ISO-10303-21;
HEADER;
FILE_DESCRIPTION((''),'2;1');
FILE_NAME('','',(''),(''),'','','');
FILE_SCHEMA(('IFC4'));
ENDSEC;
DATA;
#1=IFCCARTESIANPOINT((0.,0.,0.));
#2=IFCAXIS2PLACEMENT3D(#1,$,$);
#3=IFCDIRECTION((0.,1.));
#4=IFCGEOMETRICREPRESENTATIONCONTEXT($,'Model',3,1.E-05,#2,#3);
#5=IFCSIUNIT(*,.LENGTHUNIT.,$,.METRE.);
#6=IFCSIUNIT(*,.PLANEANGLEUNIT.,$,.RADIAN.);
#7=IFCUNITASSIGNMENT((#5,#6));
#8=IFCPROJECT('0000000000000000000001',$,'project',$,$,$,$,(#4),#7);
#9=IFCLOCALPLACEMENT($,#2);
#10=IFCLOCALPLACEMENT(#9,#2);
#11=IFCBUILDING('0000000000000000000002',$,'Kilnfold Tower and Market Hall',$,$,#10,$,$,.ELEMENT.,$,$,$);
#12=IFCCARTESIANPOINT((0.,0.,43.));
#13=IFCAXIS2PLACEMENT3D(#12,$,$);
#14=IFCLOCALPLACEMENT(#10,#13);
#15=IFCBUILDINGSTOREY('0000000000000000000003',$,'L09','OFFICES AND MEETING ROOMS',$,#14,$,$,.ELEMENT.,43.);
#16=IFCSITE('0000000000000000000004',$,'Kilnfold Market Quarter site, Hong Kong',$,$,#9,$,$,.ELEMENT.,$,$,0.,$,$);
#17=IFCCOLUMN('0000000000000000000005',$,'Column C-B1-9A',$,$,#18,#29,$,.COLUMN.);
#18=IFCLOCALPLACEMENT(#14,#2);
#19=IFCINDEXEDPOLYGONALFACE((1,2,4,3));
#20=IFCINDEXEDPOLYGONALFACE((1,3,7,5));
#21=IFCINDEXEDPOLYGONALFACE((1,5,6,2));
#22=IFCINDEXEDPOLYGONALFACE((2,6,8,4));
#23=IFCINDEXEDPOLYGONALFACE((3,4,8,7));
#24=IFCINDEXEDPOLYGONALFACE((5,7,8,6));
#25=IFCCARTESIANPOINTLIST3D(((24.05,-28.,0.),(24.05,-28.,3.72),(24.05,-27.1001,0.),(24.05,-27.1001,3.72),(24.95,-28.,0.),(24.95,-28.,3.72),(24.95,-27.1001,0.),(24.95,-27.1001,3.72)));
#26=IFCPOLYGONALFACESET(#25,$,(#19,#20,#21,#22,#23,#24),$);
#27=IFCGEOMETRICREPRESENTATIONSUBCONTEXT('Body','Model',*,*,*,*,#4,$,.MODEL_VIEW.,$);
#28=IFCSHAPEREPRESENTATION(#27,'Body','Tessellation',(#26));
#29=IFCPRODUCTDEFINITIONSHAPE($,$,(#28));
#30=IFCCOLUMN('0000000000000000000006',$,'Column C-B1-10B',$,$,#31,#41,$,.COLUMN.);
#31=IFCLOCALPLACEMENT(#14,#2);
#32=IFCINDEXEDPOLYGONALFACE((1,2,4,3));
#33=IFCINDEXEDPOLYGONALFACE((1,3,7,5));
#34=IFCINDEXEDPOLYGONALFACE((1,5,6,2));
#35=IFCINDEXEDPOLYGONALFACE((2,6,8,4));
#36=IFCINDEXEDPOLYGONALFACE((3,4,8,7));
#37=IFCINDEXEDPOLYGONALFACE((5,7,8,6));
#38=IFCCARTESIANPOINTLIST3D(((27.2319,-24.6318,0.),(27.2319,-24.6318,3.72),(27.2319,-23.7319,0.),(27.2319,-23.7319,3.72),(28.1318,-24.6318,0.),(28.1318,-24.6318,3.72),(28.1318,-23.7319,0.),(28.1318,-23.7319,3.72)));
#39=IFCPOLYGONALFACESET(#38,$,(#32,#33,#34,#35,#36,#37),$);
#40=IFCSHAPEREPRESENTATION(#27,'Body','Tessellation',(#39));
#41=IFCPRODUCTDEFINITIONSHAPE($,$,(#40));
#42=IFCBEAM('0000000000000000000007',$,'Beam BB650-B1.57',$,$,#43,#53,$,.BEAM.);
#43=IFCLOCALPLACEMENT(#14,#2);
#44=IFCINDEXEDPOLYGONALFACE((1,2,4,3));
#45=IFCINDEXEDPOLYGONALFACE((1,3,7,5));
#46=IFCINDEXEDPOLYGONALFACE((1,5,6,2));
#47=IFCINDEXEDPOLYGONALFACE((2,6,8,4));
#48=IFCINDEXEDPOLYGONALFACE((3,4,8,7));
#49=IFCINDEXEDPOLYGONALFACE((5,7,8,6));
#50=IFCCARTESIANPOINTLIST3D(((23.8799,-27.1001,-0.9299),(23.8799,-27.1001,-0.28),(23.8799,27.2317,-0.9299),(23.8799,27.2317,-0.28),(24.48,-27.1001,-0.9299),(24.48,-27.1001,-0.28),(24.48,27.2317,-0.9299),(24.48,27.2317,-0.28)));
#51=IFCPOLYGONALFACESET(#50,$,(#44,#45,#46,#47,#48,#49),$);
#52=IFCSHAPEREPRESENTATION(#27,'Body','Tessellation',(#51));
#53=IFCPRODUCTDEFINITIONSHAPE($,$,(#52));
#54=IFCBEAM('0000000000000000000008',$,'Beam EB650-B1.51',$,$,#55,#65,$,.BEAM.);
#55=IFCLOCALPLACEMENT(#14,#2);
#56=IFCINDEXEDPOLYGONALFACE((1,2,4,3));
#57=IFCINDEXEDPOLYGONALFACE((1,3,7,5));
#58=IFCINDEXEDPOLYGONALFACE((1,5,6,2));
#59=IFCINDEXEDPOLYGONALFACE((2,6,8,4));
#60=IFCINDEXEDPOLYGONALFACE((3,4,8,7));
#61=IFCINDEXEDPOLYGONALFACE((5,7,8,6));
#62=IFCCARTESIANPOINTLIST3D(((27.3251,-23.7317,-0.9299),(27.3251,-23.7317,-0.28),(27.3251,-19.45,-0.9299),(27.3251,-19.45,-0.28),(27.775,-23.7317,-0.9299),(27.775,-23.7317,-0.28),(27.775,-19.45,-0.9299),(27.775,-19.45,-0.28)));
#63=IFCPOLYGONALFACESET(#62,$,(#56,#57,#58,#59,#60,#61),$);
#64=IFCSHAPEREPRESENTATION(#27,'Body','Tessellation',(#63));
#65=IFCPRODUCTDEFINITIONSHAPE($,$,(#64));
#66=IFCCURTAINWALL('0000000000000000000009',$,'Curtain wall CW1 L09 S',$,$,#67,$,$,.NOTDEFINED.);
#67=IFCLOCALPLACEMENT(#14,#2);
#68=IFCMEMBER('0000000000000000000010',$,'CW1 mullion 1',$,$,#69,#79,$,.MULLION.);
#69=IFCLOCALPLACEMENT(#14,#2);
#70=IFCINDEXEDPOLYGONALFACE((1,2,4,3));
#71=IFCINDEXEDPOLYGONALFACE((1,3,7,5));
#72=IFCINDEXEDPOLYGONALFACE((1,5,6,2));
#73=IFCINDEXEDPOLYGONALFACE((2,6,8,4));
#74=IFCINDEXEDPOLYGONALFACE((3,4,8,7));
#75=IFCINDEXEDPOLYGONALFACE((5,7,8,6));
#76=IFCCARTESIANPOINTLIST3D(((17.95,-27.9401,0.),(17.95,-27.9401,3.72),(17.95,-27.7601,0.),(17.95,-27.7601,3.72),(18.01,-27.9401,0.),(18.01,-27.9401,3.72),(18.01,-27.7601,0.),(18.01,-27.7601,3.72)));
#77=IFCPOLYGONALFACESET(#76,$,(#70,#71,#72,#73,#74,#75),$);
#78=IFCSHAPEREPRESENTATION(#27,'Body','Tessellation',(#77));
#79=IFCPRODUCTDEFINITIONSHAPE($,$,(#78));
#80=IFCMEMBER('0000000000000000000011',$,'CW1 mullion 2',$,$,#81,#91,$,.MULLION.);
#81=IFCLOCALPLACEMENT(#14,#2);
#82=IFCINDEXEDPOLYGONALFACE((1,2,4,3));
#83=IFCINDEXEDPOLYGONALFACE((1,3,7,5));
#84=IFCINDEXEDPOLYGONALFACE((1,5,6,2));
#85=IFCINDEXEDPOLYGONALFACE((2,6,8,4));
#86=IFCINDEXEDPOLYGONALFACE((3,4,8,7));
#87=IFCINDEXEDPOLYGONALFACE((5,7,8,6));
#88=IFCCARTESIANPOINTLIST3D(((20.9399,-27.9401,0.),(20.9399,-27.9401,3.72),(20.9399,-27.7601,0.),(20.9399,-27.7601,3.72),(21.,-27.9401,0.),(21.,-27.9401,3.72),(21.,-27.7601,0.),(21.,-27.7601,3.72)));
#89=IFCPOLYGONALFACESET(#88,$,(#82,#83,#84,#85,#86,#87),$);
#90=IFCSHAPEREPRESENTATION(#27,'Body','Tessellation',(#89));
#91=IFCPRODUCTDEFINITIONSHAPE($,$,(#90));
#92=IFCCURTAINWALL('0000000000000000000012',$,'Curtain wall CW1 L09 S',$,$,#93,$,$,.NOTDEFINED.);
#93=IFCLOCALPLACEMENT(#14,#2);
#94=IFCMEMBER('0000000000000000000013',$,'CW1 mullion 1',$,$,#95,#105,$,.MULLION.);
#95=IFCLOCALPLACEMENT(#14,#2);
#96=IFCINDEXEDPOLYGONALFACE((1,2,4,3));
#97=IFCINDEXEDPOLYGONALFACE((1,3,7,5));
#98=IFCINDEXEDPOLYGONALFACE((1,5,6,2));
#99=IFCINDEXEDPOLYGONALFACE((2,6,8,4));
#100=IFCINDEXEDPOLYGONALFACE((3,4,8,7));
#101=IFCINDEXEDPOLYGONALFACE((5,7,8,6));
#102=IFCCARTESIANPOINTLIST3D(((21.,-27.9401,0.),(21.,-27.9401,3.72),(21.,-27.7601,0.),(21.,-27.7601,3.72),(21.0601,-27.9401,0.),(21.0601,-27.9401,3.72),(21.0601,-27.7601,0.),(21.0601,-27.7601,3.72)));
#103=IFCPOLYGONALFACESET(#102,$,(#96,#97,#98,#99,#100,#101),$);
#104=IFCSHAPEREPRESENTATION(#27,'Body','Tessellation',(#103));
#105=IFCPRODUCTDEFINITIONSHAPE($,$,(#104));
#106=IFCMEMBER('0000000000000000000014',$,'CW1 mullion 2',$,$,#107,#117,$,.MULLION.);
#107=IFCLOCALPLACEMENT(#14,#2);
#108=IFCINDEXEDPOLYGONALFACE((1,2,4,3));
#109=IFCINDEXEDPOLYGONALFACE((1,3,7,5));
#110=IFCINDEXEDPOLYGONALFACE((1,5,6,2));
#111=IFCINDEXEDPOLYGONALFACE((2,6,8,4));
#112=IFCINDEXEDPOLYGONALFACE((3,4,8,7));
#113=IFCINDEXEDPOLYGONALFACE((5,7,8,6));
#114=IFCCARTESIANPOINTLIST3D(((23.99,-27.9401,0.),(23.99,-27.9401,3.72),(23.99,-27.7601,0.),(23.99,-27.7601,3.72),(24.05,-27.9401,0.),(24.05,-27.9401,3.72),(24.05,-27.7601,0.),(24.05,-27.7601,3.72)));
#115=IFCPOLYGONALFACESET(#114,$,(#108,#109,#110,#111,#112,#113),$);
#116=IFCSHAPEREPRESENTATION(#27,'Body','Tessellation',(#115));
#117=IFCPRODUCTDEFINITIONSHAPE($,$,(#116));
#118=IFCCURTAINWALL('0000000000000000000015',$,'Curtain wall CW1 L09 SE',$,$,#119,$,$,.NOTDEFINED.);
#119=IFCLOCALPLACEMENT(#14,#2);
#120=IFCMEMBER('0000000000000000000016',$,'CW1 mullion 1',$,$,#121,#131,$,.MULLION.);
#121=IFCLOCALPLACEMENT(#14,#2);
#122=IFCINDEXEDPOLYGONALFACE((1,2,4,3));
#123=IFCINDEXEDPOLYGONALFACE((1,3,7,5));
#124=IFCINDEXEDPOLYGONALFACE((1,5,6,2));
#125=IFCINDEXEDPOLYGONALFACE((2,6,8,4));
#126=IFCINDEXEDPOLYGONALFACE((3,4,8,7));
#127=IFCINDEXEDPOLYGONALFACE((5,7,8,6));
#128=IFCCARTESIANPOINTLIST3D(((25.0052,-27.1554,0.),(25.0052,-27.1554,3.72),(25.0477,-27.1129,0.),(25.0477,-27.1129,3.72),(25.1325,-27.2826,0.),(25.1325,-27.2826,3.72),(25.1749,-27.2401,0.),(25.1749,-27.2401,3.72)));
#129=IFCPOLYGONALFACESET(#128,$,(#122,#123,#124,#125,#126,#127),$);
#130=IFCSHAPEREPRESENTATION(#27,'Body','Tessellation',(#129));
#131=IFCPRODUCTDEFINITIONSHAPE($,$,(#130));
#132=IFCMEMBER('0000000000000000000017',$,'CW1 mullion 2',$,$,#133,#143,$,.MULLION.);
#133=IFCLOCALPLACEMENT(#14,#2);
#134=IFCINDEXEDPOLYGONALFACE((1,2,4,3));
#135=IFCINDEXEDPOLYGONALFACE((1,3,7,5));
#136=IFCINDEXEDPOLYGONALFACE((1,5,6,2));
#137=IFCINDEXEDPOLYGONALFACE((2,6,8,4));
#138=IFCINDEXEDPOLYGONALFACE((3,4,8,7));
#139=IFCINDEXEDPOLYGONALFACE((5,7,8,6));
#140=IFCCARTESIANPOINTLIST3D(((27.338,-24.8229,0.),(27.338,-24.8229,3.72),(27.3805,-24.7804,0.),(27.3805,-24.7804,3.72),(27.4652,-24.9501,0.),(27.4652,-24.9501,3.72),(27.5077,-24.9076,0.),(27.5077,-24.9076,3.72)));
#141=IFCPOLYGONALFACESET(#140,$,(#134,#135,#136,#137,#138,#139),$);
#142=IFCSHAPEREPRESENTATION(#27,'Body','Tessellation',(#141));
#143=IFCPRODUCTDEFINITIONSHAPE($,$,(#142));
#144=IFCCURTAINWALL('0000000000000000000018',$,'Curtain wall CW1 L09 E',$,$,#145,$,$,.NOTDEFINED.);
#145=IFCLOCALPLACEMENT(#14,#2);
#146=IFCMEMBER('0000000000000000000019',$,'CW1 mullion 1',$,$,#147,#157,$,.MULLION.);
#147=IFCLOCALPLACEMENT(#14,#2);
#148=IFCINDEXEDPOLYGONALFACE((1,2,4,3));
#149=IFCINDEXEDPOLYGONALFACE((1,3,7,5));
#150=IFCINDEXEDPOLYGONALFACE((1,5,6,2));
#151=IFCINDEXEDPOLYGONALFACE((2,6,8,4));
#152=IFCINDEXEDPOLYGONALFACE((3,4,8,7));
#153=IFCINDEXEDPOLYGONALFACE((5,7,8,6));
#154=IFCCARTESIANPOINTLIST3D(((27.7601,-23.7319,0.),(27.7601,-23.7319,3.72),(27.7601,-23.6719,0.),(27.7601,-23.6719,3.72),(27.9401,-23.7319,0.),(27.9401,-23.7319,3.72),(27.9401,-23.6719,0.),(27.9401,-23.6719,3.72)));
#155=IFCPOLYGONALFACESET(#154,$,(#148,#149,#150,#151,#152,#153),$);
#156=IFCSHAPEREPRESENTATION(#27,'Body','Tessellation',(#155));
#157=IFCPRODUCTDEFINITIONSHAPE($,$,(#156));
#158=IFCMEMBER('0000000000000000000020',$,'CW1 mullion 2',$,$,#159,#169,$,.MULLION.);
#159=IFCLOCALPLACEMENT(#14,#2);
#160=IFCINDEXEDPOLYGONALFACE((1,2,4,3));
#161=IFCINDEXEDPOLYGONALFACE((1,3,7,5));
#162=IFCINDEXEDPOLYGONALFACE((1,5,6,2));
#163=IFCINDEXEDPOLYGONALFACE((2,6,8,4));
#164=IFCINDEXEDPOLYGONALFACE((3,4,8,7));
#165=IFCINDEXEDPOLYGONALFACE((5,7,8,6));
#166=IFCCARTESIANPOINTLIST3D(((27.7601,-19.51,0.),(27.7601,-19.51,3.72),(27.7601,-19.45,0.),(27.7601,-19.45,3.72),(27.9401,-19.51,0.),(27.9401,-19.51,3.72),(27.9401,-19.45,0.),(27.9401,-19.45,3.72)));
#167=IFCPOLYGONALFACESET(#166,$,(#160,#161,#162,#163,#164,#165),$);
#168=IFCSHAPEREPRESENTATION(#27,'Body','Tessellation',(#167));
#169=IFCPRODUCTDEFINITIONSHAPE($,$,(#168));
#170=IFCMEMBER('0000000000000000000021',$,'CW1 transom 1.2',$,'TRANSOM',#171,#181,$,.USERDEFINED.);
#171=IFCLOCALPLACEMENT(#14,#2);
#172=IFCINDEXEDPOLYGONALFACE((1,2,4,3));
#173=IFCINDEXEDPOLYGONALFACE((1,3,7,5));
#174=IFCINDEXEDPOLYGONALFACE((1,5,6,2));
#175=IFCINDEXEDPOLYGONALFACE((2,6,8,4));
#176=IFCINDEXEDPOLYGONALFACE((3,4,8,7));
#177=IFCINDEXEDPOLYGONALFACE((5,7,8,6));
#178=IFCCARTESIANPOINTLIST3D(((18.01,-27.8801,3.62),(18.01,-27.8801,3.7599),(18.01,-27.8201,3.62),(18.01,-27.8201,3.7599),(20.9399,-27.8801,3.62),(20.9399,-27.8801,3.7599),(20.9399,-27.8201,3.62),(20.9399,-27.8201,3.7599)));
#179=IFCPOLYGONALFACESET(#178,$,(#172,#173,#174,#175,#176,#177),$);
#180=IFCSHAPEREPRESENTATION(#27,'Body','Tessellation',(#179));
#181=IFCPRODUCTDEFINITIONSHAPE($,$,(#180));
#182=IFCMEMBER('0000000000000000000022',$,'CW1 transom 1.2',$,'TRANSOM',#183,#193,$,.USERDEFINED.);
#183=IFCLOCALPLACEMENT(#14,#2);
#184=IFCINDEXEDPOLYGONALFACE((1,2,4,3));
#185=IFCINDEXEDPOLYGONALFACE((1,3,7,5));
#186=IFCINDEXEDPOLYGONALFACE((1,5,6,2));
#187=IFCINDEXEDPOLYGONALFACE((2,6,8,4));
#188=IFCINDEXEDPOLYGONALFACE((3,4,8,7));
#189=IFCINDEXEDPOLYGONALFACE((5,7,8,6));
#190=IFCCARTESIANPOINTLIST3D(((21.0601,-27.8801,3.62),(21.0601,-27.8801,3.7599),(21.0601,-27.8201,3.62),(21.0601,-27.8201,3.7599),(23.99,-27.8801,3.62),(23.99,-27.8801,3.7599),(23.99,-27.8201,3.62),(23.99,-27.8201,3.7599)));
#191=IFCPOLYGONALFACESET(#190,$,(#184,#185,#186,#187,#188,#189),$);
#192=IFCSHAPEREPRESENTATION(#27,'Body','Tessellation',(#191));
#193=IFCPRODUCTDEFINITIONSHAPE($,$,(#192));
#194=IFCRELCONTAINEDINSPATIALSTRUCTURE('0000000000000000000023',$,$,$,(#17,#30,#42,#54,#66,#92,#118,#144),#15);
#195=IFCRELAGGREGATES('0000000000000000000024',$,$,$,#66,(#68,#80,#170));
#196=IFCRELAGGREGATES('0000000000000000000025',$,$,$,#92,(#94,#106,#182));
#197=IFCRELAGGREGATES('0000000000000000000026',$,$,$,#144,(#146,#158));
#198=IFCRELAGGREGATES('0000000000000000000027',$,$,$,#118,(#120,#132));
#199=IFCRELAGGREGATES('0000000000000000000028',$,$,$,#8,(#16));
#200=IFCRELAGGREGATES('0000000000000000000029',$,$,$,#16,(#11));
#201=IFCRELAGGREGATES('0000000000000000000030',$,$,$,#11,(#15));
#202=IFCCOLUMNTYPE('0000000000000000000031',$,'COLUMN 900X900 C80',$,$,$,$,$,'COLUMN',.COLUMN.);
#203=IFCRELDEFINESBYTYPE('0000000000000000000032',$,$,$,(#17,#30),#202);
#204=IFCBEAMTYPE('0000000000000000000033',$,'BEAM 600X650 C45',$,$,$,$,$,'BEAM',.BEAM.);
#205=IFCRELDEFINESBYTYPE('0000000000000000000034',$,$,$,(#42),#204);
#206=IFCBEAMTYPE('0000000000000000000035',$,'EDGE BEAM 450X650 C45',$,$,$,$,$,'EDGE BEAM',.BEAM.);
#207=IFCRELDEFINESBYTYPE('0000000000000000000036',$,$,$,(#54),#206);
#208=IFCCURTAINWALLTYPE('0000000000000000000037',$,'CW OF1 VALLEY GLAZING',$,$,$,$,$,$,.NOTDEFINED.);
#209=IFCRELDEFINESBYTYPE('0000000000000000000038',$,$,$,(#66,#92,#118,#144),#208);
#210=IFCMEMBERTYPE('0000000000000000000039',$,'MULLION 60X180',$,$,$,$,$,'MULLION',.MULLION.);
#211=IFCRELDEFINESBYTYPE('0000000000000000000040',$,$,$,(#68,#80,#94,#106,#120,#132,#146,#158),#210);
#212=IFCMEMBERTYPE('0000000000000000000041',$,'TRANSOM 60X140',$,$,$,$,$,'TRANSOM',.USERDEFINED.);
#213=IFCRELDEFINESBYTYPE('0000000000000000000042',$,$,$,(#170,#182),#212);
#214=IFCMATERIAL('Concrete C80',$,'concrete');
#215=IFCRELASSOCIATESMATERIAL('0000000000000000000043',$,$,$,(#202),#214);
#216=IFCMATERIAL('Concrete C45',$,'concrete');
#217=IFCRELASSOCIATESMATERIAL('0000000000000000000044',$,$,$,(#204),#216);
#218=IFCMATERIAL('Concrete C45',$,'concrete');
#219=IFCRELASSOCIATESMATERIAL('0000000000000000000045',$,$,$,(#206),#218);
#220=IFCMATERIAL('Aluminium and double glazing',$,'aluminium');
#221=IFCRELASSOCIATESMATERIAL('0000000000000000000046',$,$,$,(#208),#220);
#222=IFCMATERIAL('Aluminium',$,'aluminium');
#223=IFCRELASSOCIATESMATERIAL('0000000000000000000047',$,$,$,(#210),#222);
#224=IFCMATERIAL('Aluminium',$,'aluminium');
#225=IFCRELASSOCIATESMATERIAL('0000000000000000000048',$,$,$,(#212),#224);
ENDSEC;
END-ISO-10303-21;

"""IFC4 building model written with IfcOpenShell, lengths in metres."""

from ifc_helpers import new_model, si_unit, direction, frame, origin, origin_2d, place, context, subcontext, project, spatial, rectangle, extrude, source, transform, mapped, material, material_profile, profile_set, type_object, element, aggregate, save


model = new_model("IFC4")

# Units and contexts
model_context = context("Model", 3, precision=1e-05, world=origin(), true_north=direction((0.0, 1.0)))
body_context = subcontext(model_context, "Body", "Model", "MODEL_VIEW")
ifc_project = project(units=[si_unit("LENGTHUNIT", "METRE"), si_unit("PLANEANGLEUNIT", "RADIAN")], contexts=[model_context])

# Site, building, storey
site_placement = place(None, origin())
site = spatial("IfcSite", under=ifc_project, at=site_placement, Name="Kilnfold Market Quarter site, Hong Kong", CompositionType="ELEMENT", RefElevation=0.0)
building_placement = place(site_placement, origin())
building = spatial("IfcBuilding", under=site, at=building_placement, Name="Kilnfold Tower and Market Hall", CompositionType="ELEMENT")
storey_placement = place(building_placement, frame((0.0, 0.0, 43.0)))
storey = spatial("IfcBuildingStorey", under=building, at=storey_placement, Name="L09", Description="OFFICES AND MEETING ROOMS", CompositionType="ELEMENT", Elevation=43.0)

# Columns
ifc_material_1 = material(Name="Concrete C80", Category="concrete")
ifc_material_profile_1 = material_profile(ifc_material_1, rectangle(XDim=0.8999, YDim=0.8999, at=origin_2d()), Name="RC 900x900")
ifc_profile_set_1 = profile_set([ifc_material_profile_1], Name="Concrete C80")
column_type = type_object("IfcColumnType", Name="COLUMN 900X900 C80", ElementType="COLUMN", PredefinedType="COLUMN", material=ifc_profile_set_1)
shared_shape_1 = source(origin(), body_context, "Body", "SweptSolid", [
    extrude(rectangle(XDim=0.8999, YDim=0.8999, at=origin_2d()), origin(), (0.0, 0.0, 1.0), 3.72),
])
for number, where, z_axis, x_axis, name in (
    (1, (24.5, -27.55, 0.0), (0.0, 0.0, 1.0), (1.0, 0.0, 0.0), "Column C-B1-9A"),
    (2, (27.6819, -24.1819, 0.0), (0.0, 0.0, 1.0), (1.0, 0.0, 0.0), "Column C-B1-10B"),
):
    element("IfcColumn", number, at=place(storey_placement, frame(where, z_axis=z_axis, x_axis=x_axis)), inside=storey, type_object=column_type, Name=name, PredefinedType="COLUMN", context=body_context, shape_type="MappedRepresentation", body=[
        mapped(shared_shape_1, transform((0.0, 0.0, 0.0))),
    ])

# Beams
ifc_material_2 = material(Name="Concrete C45", Category="concrete")
ifc_material_profile_2 = material_profile(ifc_material_2, rectangle(XDim=0.6001, YDim=0.6499, at=origin_2d()), Name="RC 600x650")
ifc_profile_set_2 = profile_set([ifc_material_profile_2], Name="Concrete C45")
beam_type_1 = type_object("IfcBeamType", Name="BEAM 600X650 C45", ElementType="BEAM", PredefinedType="BEAM", material=ifc_profile_set_2)
shared_shape_2 = source(origin(), body_context, "Body", "SweptSolid", [
    extrude(rectangle(XDim=0.6001, YDim=0.6499, at=origin_2d()), origin(), (0.0, 0.0, 1.0), 54.3318),
])
beam_1_placement = place(storey_placement, frame((24.1799, -27.1001, -0.605), z_axis=(0.0, 1.0, 0.0), x_axis=(-1.0, 0.0, 0.0)))
element("IfcBeam", 3, at=beam_1_placement, inside=storey, type_object=beam_type_1, Name="Beam BB650-B1.57", PredefinedType="BEAM", context=body_context, shape_type="MappedRepresentation", body=[
    mapped(shared_shape_2, transform((0.0, 0.0, 0.0))),
])
ifc_material_3 = material(Name="Concrete C45", Category="concrete")
ifc_material_profile_3 = material_profile(ifc_material_3, rectangle(XDim=0.45, YDim=0.6499, at=origin_2d()), Name="RC 450x650")
ifc_profile_set_3 = profile_set([ifc_material_profile_3], Name="Concrete C45")
beam_type_2 = type_object("IfcBeamType", Name="EDGE BEAM 450X650 C45", ElementType="EDGE BEAM", PredefinedType="BEAM", material=ifc_profile_set_3)
shared_shape_3 = source(origin(), body_context, "Body", "SweptSolid", [
    extrude(rectangle(XDim=0.45, YDim=0.6499, at=origin_2d()), origin(), (0.0, 0.0, 1.0), 4.2817),
])
beam_2_placement = place(storey_placement, frame((27.55, -23.7317, -0.605), z_axis=(0.0, 1.0, 0.0), x_axis=(-1.0, 0.0, 0.0)))
element("IfcBeam", 4, at=beam_2_placement, inside=storey, type_object=beam_type_2, Name="Beam EB650-B1.51", PredefinedType="BEAM", context=body_context, shape_type="MappedRepresentation", body=[
    mapped(shared_shape_3, transform((0.0, 0.0, 0.0))),
])

# Curtain walls, members
ifc_material_4 = material(Name="Aluminium and double glazing", Category="aluminium")
curtain_wall_type = type_object("IfcCurtainWallType", Name="CW OF1 VALLEY GLAZING", PredefinedType="NOTDEFINED", material=ifc_material_4)
curtain_wall_1_placement = place(storey_placement, origin())
curtain_wall_1 = element("IfcCurtainWall", 5, at=curtain_wall_1_placement, inside=storey, type_object=curtain_wall_type, Name="Curtain wall CW1 L09 S", PredefinedType="NOTDEFINED")
ifc_material_5 = material(Name="Aluminium", Category="aluminium")
ifc_material_profile_4 = material_profile(ifc_material_5, rectangle(XDim=0.0601, YDim=0.1799, at=origin_2d()), Name="MULLION 60x180")
ifc_profile_set_4 = profile_set([ifc_material_profile_4], Name="Aluminium")
member_type_1 = type_object("IfcMemberType", Name="MULLION 60X180", ElementType="MULLION", PredefinedType="MULLION", material=ifc_profile_set_4)
shared_shape_4 = source(origin(), body_context, "Body", "SweptSolid", [
    extrude(rectangle(XDim=0.0601, YDim=0.1799, at=origin_2d()), origin(), (0.0, 0.0, 1.0), 3.72),
])
member_1_placement = place(storey_placement, frame((17.98, -27.8501, 0.0), z_axis=(0.0, 0.0, 1.0), x_axis=(1.0, 0.0, 0.0)))
member_1 = element("IfcMember", 6, at=member_1_placement, type_object=member_type_1, Name="CW1 mullion 1", PredefinedType="MULLION", context=body_context, shape_type="MappedRepresentation", body=[
    mapped(shared_shape_4, transform((0.0, 0.0, 0.0))),
])
member_2_placement = place(storey_placement, frame((20.97, -27.8501, 0.0), z_axis=(0.0, 0.0, 1.0), x_axis=(1.0, 0.0, 0.0)))
member_2 = element("IfcMember", 7, at=member_2_placement, type_object=member_type_1, Name="CW1 mullion 2", PredefinedType="MULLION", context=body_context, shape_type="MappedRepresentation", body=[
    mapped(shared_shape_4, transform((0.0, 0.0, 0.0))),
])
curtain_wall_2_placement = place(storey_placement, origin())
curtain_wall_2 = element("IfcCurtainWall", 8, at=curtain_wall_2_placement, inside=storey, type_object=curtain_wall_type, Name="Curtain wall CW1 L09 S", PredefinedType="NOTDEFINED")
member_3_placement = place(storey_placement, frame((21.03, -27.8501, 0.0), z_axis=(0.0, 0.0, 1.0), x_axis=(1.0, 0.0, 0.0)))
member_3 = element("IfcMember", 9, at=member_3_placement, type_object=member_type_1, Name="CW1 mullion 1", PredefinedType="MULLION", context=body_context, shape_type="MappedRepresentation", body=[
    mapped(shared_shape_4, transform((0.0, 0.0, 0.0))),
])
member_4_placement = place(storey_placement, frame((24.02, -27.8501, 0.0), z_axis=(0.0, 0.0, 1.0), x_axis=(1.0, 0.0, 0.0)))
member_4 = element("IfcMember", 10, at=member_4_placement, type_object=member_type_1, Name="CW1 mullion 2", PredefinedType="MULLION", context=body_context, shape_type="MappedRepresentation", body=[
    mapped(shared_shape_4, transform((0.0, 0.0, 0.0))),
])
curtain_wall_3_placement = place(storey_placement, origin())
curtain_wall_3 = element("IfcCurtainWall", 11, at=curtain_wall_3_placement, inside=storey, type_object=curtain_wall_type, Name="Curtain wall CW1 L09 SE", PredefinedType="NOTDEFINED")
member_5_placement = place(storey_placement, frame((25.0901, -27.1978, 0.0), z_axis=(0.0, 0.0, 1.0), x_axis=(0.707122, 0.707092, 0.0)))
member_5 = element("IfcMember", 12, at=member_5_placement, type_object=member_type_1, Name="CW1 mullion 1", PredefinedType="MULLION", context=body_context, shape_type="MappedRepresentation", body=[
    mapped(shared_shape_4, transform((0.0, 0.0, 0.0))),
])
member_6_placement = place(storey_placement, frame((27.4229, -24.8652, 0.0), z_axis=(0.0, 0.0, 1.0), x_axis=(0.707122, 0.707092, 0.0)))
member_6 = element("IfcMember", 13, at=member_6_placement, type_object=member_type_1, Name="CW1 mullion 2", PredefinedType="MULLION", context=body_context, shape_type="MappedRepresentation", body=[
    mapped(shared_shape_4, transform((0.0, 0.0, 0.0))),
])
curtain_wall_4_placement = place(storey_placement, origin())
curtain_wall_4 = element("IfcCurtainWall", 14, at=curtain_wall_4_placement, inside=storey, type_object=curtain_wall_type, Name="Curtain wall CW1 L09 E", PredefinedType="NOTDEFINED")
member_7_placement = place(storey_placement, frame((27.8501, -23.7019, 0.0), z_axis=(0.0, 0.0, 1.0), x_axis=(0.0, 1.0, 0.0)))
member_7 = element("IfcMember", 15, at=member_7_placement, type_object=member_type_1, Name="CW1 mullion 1", PredefinedType="MULLION", context=body_context, shape_type="MappedRepresentation", body=[
    mapped(shared_shape_4, transform((0.0, 0.0, 0.0))),
])
member_8_placement = place(storey_placement, frame((27.8501, -19.48, 0.0), z_axis=(0.0, 0.0, 1.0), x_axis=(0.0, 1.0, 0.0)))
member_8 = element("IfcMember", 16, at=member_8_placement, type_object=member_type_1, Name="CW1 mullion 2", PredefinedType="MULLION", context=body_context, shape_type="MappedRepresentation", body=[
    mapped(shared_shape_4, transform((0.0, 0.0, 0.0))),
])

# Members
ifc_material_6 = material(Name="Aluminium", Category="aluminium")
ifc_material_profile_5 = material_profile(ifc_material_6, rectangle(XDim=0.0601, YDim=0.1399, at=origin_2d()), Name="TRANSOM 60x140")
ifc_profile_set_5 = profile_set([ifc_material_profile_5], Name="Aluminium")
member_type_2 = type_object("IfcMemberType", Name="TRANSOM 60X140", ElementType="TRANSOM", PredefinedType="USERDEFINED", material=ifc_profile_set_5)
shared_shape_5 = source(origin(), body_context, "Body", "SweptSolid", [
    extrude(rectangle(XDim=0.0601, YDim=0.1399, at=origin_2d()), origin(), (0.0, 0.0, 1.0), 2.9299),
])
member_9_placement = place(storey_placement, frame((18.01, -27.8501, 3.6899), z_axis=(1.0, 0.0, 0.0), x_axis=(0.0, 1.0, 0.0)))
member_9 = element("IfcMember", 17, at=member_9_placement, type_object=member_type_2, Name="CW1 transom 1.2", ObjectType="TRANSOM", PredefinedType="USERDEFINED", context=body_context, shape_type="MappedRepresentation", body=[
    mapped(shared_shape_5, transform((0.0, 0.0, 0.0))),
])
member_10_placement = place(storey_placement, frame((21.0601, -27.8501, 3.6899), z_axis=(1.0, 0.0, 0.0), x_axis=(0.0, 1.0, 0.0)))
member_10 = element("IfcMember", 18, at=member_10_placement, type_object=member_type_2, Name="CW1 transom 1.2", ObjectType="TRANSOM", PredefinedType="USERDEFINED", context=body_context, shape_type="MappedRepresentation", body=[
    mapped(shared_shape_5, transform((0.0, 0.0, 0.0))),
])

aggregate(curtain_wall_1, [member_1, member_2, member_9])
aggregate(curtain_wall_2, [member_3, member_4, member_10])
aggregate(curtain_wall_4, [member_7, member_8])
aggregate(curtain_wall_3, [member_5, member_6])

save(model, "model.ifc")
